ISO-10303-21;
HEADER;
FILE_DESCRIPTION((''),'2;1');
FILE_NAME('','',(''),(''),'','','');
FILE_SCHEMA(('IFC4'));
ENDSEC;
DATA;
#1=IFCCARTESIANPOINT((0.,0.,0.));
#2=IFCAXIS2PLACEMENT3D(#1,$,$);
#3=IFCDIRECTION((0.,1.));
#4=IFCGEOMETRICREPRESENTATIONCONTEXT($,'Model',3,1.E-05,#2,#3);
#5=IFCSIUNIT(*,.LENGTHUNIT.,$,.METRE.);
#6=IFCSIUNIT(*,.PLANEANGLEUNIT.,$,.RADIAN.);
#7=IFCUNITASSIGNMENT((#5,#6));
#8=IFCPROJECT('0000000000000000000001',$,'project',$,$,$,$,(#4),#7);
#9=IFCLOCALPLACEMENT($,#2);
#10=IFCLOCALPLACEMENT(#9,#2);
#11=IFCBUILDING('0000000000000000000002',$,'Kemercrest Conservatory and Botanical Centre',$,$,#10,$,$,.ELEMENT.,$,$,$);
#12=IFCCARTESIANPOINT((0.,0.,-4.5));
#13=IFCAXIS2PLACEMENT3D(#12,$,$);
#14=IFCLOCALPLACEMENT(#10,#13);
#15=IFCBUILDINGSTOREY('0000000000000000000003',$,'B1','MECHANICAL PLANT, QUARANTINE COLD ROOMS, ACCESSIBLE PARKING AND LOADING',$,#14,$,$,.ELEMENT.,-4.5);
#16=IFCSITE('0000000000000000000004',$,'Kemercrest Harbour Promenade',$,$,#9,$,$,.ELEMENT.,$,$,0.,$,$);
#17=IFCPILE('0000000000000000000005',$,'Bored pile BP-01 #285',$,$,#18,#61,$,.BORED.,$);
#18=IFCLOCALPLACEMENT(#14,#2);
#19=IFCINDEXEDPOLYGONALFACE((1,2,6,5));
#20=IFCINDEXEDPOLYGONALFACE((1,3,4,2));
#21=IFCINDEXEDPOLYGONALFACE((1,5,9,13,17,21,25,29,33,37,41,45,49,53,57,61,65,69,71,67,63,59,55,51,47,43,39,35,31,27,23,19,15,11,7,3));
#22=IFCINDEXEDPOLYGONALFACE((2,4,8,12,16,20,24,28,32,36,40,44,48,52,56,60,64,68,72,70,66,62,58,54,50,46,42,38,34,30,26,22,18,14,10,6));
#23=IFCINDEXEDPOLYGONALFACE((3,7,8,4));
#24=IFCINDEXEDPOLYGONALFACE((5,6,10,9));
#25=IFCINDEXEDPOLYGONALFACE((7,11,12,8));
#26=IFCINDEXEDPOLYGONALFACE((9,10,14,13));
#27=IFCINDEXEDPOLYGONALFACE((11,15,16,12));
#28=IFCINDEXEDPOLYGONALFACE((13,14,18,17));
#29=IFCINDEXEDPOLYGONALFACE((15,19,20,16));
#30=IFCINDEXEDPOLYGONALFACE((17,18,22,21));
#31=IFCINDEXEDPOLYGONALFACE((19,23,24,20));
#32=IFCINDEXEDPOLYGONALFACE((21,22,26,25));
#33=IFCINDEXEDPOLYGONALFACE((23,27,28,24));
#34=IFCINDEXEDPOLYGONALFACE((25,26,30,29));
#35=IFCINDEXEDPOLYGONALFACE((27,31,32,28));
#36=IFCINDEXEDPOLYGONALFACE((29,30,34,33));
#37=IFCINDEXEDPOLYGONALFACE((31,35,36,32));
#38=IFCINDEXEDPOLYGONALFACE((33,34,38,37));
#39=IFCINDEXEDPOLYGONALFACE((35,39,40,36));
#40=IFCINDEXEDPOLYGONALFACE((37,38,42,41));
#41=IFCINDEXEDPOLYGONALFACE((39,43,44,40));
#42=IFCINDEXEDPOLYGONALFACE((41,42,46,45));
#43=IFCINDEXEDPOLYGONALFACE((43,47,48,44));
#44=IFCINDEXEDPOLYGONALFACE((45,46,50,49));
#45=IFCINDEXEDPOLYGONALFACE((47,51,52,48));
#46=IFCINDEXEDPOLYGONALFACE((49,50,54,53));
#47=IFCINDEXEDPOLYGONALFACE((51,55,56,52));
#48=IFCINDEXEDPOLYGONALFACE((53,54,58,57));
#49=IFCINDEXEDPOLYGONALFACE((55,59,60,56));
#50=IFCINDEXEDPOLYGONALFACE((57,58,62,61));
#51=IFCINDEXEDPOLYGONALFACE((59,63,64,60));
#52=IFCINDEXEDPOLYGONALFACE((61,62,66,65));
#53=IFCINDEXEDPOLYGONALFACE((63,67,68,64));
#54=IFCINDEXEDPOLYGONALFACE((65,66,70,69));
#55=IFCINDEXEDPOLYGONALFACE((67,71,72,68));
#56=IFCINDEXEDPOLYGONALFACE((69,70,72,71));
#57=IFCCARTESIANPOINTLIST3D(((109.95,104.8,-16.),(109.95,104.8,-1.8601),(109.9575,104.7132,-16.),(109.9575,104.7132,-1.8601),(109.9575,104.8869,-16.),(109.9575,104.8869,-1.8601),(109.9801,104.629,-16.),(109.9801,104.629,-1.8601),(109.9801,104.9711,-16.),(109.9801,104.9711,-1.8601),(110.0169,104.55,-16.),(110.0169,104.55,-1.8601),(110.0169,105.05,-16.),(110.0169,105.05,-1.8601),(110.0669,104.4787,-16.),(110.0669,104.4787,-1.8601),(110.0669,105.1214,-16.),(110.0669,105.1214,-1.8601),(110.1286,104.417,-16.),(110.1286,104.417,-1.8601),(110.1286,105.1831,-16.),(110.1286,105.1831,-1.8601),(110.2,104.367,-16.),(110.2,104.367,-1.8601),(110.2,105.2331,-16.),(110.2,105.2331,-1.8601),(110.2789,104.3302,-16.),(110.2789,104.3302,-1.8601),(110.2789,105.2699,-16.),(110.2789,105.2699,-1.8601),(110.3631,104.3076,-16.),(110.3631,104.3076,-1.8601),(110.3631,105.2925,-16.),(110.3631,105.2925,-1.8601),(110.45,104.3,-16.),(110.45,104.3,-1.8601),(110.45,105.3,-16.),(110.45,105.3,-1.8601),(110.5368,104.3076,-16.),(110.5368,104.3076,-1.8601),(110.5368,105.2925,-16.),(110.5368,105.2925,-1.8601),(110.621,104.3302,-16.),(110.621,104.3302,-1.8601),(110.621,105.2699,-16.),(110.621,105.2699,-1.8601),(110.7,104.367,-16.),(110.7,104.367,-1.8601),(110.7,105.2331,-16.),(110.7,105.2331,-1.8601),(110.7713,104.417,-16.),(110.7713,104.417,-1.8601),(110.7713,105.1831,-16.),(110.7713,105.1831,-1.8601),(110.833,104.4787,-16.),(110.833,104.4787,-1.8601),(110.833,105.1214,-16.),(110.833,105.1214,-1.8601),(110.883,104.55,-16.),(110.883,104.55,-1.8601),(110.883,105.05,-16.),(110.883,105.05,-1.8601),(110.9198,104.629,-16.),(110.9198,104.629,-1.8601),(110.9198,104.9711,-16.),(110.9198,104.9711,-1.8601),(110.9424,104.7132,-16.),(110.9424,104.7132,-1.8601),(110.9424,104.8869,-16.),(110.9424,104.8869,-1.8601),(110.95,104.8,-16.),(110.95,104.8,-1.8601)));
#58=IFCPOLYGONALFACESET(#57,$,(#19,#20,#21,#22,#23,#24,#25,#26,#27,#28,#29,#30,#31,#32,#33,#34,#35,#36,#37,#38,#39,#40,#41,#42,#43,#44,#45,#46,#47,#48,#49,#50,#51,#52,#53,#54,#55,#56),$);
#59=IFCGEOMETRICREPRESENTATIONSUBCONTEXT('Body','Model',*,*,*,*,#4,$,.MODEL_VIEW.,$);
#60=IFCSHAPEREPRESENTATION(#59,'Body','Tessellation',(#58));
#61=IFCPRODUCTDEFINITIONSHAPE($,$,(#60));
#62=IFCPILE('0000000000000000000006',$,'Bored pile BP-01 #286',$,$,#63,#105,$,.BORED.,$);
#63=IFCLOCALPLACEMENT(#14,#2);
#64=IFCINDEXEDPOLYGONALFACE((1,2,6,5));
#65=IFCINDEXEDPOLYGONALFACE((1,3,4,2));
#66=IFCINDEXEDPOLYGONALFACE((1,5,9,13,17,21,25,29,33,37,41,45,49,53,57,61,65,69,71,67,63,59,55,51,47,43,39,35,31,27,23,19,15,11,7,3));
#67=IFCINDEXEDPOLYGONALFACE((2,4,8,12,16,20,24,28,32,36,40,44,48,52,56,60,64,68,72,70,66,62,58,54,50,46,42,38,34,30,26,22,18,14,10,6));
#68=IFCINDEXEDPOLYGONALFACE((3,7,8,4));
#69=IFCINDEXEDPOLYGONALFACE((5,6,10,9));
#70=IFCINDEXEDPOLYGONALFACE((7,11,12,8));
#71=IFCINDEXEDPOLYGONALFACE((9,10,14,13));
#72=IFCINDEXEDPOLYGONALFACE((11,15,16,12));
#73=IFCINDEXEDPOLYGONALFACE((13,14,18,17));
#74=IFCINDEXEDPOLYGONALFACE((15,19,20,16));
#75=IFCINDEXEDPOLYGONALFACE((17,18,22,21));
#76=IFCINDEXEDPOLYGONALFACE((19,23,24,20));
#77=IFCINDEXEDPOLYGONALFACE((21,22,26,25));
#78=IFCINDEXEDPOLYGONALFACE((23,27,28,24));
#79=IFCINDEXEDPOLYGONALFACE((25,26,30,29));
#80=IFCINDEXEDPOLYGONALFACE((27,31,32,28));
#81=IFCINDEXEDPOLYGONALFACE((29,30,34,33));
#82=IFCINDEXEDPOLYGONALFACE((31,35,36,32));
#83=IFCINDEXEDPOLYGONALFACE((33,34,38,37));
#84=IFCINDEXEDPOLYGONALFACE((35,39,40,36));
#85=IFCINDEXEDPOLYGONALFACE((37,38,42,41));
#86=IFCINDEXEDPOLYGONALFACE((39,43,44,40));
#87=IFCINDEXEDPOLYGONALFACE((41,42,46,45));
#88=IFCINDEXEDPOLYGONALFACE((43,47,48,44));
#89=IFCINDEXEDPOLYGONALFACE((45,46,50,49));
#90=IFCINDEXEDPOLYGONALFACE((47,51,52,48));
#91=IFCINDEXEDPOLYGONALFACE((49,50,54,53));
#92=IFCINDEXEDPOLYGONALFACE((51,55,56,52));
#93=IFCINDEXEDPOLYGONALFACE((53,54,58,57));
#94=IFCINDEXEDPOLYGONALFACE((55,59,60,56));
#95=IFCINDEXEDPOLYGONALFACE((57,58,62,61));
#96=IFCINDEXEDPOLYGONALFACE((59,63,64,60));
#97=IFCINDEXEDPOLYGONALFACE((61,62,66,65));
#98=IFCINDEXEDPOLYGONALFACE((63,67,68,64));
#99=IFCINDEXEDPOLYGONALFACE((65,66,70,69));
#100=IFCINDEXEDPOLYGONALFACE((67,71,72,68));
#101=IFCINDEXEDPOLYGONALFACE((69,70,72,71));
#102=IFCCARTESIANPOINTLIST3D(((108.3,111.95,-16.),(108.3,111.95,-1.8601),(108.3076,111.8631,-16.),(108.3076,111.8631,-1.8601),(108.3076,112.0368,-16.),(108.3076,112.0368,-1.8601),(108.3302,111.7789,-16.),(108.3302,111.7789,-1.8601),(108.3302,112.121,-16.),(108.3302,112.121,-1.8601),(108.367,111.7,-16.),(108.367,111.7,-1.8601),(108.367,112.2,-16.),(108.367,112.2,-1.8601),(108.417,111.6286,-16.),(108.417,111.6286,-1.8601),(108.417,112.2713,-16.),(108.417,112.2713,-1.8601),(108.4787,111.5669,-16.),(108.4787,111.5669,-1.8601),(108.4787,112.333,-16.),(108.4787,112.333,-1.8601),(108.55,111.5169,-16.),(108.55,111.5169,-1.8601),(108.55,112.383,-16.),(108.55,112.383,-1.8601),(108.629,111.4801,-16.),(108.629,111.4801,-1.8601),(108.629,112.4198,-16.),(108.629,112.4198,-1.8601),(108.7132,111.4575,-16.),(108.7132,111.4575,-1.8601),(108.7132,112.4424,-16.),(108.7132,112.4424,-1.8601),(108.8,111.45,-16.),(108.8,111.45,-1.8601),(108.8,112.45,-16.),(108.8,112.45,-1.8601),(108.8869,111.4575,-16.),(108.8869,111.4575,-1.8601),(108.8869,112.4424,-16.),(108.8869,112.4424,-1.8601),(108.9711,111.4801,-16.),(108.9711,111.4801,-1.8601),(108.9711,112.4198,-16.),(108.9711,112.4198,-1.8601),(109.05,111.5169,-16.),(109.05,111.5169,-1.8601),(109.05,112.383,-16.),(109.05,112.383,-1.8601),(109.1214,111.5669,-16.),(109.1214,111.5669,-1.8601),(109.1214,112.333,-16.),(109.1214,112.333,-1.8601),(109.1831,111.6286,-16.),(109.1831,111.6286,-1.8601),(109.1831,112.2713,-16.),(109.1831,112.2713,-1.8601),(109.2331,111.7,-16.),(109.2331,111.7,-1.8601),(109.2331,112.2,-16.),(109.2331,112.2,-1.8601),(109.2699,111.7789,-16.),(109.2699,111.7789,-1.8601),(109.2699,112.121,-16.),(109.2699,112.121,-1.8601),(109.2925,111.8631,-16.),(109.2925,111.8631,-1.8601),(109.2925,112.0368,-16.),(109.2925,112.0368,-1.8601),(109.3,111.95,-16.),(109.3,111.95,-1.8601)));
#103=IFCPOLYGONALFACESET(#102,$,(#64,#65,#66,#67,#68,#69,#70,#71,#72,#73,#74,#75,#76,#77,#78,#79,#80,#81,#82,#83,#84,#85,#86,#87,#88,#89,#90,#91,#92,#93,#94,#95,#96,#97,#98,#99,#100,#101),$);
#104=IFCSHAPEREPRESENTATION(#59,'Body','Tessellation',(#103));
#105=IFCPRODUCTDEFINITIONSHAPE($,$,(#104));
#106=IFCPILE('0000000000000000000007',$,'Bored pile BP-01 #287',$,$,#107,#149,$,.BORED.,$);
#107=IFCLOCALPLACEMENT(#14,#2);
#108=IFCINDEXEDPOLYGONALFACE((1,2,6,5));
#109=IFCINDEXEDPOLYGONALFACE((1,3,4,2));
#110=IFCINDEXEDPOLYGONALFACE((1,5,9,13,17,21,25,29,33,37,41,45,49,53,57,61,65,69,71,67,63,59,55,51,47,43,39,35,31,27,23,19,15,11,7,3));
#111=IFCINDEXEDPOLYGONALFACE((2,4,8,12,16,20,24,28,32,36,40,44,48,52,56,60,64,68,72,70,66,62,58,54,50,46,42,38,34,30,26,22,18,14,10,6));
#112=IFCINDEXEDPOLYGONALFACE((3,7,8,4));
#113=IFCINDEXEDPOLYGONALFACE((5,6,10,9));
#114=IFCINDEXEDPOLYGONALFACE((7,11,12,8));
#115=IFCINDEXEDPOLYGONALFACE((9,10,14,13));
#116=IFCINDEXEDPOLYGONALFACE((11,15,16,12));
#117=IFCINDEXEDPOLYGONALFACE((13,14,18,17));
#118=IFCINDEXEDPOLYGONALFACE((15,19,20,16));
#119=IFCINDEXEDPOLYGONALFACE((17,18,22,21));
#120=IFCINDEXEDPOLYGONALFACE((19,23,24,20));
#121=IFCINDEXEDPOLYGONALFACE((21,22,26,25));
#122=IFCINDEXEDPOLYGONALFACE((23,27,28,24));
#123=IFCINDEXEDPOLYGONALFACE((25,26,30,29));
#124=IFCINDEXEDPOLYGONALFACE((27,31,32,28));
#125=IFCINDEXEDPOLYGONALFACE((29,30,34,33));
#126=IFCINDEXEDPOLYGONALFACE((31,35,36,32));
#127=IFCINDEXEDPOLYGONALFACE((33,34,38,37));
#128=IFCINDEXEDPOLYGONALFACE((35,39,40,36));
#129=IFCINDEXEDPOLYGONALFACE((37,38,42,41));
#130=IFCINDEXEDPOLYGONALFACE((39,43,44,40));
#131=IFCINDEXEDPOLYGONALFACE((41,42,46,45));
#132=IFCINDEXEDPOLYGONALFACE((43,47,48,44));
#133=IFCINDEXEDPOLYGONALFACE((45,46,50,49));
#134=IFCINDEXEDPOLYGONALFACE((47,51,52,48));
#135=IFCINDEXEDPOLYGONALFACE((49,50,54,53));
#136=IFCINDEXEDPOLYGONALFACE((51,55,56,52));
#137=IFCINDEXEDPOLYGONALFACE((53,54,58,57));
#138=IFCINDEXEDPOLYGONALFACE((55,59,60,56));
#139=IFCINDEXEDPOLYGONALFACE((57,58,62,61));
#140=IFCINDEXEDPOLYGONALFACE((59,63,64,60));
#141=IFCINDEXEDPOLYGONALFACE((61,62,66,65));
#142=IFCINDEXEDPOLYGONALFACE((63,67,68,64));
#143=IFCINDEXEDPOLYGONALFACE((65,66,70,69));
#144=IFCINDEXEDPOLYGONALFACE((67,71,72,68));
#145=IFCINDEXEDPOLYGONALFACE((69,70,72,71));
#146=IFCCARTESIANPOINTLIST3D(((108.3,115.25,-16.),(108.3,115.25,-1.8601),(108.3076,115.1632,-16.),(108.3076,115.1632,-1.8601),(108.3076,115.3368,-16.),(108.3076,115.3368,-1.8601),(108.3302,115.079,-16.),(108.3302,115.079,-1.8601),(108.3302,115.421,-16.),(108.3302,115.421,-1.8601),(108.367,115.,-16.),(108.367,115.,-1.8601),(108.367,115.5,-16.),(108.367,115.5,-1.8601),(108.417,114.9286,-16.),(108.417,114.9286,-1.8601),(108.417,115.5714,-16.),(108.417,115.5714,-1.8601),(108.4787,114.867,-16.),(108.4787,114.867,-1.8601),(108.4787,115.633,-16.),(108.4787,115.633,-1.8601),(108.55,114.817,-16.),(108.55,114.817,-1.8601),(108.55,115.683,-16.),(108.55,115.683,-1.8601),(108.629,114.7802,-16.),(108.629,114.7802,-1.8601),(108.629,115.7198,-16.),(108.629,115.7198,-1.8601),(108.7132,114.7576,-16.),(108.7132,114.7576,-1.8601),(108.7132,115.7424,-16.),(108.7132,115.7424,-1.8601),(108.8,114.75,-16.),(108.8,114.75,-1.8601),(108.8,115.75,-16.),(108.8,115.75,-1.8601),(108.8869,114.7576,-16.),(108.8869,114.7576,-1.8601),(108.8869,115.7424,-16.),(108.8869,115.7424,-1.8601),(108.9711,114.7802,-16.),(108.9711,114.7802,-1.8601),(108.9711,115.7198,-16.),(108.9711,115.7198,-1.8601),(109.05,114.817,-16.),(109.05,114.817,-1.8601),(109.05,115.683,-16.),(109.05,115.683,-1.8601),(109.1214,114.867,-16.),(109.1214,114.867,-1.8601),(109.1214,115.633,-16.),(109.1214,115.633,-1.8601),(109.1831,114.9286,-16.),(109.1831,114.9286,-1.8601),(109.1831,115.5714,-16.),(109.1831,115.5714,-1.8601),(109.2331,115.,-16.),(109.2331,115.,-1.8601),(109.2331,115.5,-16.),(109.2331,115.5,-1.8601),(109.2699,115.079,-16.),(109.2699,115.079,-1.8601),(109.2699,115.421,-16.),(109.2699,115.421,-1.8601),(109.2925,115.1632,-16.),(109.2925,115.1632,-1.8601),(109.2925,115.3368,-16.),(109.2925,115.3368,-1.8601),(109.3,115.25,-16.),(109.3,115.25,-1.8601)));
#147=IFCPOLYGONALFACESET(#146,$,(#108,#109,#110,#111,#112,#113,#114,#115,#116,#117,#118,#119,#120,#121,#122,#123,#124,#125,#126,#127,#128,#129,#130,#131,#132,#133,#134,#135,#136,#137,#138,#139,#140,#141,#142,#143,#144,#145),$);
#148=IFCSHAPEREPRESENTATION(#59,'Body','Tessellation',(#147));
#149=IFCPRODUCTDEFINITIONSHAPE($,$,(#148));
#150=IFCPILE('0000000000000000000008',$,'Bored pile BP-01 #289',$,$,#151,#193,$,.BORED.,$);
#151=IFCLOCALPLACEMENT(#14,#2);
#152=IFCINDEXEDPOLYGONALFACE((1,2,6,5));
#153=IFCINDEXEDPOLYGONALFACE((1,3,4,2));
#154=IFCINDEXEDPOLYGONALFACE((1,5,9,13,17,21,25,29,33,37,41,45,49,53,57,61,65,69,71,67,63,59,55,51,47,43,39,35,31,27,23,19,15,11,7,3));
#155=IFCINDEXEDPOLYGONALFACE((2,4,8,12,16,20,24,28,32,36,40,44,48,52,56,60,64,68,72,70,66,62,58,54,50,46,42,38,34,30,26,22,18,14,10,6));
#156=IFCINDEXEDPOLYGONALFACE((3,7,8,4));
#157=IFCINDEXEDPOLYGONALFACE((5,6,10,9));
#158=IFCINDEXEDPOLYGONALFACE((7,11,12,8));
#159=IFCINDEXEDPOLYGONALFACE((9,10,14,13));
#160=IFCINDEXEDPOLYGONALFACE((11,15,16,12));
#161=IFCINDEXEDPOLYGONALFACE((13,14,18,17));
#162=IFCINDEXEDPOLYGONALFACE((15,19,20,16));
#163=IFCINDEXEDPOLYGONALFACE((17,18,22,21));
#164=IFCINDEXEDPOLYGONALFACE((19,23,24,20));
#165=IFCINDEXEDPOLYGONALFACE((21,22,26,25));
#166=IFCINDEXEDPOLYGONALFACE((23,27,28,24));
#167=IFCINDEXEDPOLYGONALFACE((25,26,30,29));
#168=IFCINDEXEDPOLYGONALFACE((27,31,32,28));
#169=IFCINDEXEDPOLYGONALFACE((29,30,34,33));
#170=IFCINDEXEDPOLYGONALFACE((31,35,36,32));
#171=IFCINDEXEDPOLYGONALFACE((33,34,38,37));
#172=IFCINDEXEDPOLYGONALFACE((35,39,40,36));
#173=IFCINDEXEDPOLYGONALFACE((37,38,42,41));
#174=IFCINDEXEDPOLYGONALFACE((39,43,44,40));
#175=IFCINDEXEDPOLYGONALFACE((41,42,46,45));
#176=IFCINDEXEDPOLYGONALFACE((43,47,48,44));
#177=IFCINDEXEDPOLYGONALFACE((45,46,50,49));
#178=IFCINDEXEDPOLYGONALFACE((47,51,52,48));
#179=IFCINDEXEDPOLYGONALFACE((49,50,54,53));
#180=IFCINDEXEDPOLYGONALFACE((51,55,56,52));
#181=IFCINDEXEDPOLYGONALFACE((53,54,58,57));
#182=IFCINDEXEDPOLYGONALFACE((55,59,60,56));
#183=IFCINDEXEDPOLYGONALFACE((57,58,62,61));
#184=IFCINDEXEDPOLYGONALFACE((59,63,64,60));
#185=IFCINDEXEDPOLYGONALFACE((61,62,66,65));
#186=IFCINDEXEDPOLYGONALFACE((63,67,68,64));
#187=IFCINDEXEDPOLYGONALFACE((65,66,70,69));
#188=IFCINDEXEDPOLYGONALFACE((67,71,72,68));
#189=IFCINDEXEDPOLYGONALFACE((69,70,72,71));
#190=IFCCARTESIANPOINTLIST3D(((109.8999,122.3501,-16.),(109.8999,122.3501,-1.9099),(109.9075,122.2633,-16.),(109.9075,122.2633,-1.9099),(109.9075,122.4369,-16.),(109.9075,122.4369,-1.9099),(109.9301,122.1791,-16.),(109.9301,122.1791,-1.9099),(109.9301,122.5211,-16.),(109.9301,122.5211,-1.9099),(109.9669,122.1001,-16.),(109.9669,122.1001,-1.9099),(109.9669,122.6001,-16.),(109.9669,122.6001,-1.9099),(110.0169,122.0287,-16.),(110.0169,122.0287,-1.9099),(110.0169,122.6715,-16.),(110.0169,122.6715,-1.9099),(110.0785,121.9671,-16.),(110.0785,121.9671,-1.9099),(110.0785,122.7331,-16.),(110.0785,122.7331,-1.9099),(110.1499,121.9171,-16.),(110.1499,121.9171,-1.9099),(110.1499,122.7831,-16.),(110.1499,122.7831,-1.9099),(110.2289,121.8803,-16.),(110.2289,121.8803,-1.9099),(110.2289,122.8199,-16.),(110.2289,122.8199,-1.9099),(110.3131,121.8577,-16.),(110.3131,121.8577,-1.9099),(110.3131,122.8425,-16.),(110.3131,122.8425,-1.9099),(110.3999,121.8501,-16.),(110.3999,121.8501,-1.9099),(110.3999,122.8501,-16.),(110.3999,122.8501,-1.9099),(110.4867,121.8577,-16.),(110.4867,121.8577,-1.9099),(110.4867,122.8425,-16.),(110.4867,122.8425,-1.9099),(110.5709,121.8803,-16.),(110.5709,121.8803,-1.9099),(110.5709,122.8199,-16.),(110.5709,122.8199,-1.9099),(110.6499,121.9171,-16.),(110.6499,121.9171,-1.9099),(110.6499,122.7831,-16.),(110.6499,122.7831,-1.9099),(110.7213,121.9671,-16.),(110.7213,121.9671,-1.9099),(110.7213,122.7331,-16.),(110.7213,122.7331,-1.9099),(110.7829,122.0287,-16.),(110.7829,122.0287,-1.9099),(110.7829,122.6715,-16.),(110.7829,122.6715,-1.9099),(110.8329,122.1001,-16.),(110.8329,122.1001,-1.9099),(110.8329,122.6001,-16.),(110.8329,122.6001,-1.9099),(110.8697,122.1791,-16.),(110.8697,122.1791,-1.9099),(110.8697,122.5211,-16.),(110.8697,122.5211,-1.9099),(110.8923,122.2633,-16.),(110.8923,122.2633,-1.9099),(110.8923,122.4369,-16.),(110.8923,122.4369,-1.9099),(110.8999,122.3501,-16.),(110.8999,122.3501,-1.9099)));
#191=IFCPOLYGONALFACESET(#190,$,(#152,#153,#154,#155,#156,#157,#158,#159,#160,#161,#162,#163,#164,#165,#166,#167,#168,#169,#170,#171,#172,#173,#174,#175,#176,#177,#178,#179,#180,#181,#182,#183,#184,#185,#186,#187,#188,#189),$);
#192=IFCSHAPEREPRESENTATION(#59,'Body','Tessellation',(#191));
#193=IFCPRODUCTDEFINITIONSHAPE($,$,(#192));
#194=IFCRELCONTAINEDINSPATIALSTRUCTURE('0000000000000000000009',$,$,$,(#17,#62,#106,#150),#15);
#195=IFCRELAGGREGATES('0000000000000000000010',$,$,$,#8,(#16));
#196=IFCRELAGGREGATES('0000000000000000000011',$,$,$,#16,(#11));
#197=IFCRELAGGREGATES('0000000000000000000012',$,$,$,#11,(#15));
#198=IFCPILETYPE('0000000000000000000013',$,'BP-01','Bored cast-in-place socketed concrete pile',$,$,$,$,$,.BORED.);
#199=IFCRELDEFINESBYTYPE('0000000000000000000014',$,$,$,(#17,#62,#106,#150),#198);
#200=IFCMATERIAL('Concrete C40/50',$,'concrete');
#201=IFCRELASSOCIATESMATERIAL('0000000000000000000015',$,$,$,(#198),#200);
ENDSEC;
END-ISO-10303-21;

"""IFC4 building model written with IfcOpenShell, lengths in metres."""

from ifc_helpers import new_model, si_unit, direction, frame, origin, origin_2d, place, context, subcontext, project, spatial, circle, extrude, material, material_profile, profile_set, type_object, element, save


model = new_model("IFC4")

# Units and contexts
model_context = context("Model", 3, precision=1e-05, world=origin(), true_north=direction((0.0, 1.0)))
body_context = subcontext(model_context, "Body", "Model", "MODEL_VIEW")
ifc_project = project(units=[si_unit("LENGTHUNIT", "METRE"), si_unit("PLANEANGLEUNIT", "RADIAN")], contexts=[model_context])

# Site, building, storey
site_placement = place(None, origin())
site = spatial("IfcSite", under=ifc_project, at=site_placement, Name="Kemercrest Harbour Promenade", CompositionType="ELEMENT", RefElevation=0.0)
building_placement = place(site_placement, origin())
building = spatial("IfcBuilding", under=site, at=building_placement, Name="Kemercrest Conservatory and Botanical Centre", CompositionType="ELEMENT")
storey_placement = place(building_placement, frame((0.0, 0.0, -4.5)))
storey = spatial("IfcBuildingStorey", under=building, at=storey_placement, Name="B1", Description="MECHANICAL PLANT, QUARANTINE COLD ROOMS, ACCESSIBLE PARKING AND LOADING", CompositionType="ELEMENT", Elevation=-4.5)

# Piles
ifc_material_1 = material(Name="Concrete C40/50", Category="concrete")
ifc_material_profile_1 = material_profile(ifc_material_1, circle(Radius=0.5, at=origin_2d()), Name="BORED PILE 1000")
ifc_profile_set_1 = profile_set([ifc_material_profile_1], Name="Concrete C40/50")
pile_type_1 = type_object("IfcPileType", Name="BP-01", Description="Bored cast-in-place socketed concrete pile", PredefinedType="BORED", material=ifc_profile_set_1)
for number, where, z_axis, x_axis, name in (
    (1, (110.45, 104.8, -1.8601), (0.0, 0.0, -1.0), (1.0, 0.0, 0.0), "Bored pile BP-01 #285"),
    (2, (108.8, 111.95, -1.8601), (0.0, 0.0, -1.0), (1.0, 0.0, 0.0), "Bored pile BP-01 #286"),
    (3, (108.8, 115.25, -1.8601), (0.0, 0.0, -1.0), (1.0, 0.0, 0.0), "Bored pile BP-01 #287"),
):
    element("IfcPile", number, at=place(storey_placement, frame(where, z_axis=z_axis, x_axis=x_axis)), inside=storey, type_object=pile_type_1, Name=name, PredefinedType="BORED", context=body_context, shape_type="SweptSolid", body=[
        extrude(circle(Radius=0.5, at=origin_2d()), origin(), (0.0, 0.0, 1.0), 14.1399),
    ])
pile_1_placement = place(storey_placement, frame((110.3999, 122.3501, -1.9099), z_axis=(0.0, 0.0, -1.0), x_axis=(1.0, 0.0, 0.0)))
element("IfcPile", 4, at=pile_1_placement, inside=storey, type_object=pile_type_1, Name="Bored pile BP-01 #289", PredefinedType="BORED", context=body_context, shape_type="SweptSolid", body=[
    extrude(circle(Radius=0.5, at=origin_2d()), origin(), (0.0, 0.0, 1.0), 14.0901),
])

save(model, "model.ifc")
